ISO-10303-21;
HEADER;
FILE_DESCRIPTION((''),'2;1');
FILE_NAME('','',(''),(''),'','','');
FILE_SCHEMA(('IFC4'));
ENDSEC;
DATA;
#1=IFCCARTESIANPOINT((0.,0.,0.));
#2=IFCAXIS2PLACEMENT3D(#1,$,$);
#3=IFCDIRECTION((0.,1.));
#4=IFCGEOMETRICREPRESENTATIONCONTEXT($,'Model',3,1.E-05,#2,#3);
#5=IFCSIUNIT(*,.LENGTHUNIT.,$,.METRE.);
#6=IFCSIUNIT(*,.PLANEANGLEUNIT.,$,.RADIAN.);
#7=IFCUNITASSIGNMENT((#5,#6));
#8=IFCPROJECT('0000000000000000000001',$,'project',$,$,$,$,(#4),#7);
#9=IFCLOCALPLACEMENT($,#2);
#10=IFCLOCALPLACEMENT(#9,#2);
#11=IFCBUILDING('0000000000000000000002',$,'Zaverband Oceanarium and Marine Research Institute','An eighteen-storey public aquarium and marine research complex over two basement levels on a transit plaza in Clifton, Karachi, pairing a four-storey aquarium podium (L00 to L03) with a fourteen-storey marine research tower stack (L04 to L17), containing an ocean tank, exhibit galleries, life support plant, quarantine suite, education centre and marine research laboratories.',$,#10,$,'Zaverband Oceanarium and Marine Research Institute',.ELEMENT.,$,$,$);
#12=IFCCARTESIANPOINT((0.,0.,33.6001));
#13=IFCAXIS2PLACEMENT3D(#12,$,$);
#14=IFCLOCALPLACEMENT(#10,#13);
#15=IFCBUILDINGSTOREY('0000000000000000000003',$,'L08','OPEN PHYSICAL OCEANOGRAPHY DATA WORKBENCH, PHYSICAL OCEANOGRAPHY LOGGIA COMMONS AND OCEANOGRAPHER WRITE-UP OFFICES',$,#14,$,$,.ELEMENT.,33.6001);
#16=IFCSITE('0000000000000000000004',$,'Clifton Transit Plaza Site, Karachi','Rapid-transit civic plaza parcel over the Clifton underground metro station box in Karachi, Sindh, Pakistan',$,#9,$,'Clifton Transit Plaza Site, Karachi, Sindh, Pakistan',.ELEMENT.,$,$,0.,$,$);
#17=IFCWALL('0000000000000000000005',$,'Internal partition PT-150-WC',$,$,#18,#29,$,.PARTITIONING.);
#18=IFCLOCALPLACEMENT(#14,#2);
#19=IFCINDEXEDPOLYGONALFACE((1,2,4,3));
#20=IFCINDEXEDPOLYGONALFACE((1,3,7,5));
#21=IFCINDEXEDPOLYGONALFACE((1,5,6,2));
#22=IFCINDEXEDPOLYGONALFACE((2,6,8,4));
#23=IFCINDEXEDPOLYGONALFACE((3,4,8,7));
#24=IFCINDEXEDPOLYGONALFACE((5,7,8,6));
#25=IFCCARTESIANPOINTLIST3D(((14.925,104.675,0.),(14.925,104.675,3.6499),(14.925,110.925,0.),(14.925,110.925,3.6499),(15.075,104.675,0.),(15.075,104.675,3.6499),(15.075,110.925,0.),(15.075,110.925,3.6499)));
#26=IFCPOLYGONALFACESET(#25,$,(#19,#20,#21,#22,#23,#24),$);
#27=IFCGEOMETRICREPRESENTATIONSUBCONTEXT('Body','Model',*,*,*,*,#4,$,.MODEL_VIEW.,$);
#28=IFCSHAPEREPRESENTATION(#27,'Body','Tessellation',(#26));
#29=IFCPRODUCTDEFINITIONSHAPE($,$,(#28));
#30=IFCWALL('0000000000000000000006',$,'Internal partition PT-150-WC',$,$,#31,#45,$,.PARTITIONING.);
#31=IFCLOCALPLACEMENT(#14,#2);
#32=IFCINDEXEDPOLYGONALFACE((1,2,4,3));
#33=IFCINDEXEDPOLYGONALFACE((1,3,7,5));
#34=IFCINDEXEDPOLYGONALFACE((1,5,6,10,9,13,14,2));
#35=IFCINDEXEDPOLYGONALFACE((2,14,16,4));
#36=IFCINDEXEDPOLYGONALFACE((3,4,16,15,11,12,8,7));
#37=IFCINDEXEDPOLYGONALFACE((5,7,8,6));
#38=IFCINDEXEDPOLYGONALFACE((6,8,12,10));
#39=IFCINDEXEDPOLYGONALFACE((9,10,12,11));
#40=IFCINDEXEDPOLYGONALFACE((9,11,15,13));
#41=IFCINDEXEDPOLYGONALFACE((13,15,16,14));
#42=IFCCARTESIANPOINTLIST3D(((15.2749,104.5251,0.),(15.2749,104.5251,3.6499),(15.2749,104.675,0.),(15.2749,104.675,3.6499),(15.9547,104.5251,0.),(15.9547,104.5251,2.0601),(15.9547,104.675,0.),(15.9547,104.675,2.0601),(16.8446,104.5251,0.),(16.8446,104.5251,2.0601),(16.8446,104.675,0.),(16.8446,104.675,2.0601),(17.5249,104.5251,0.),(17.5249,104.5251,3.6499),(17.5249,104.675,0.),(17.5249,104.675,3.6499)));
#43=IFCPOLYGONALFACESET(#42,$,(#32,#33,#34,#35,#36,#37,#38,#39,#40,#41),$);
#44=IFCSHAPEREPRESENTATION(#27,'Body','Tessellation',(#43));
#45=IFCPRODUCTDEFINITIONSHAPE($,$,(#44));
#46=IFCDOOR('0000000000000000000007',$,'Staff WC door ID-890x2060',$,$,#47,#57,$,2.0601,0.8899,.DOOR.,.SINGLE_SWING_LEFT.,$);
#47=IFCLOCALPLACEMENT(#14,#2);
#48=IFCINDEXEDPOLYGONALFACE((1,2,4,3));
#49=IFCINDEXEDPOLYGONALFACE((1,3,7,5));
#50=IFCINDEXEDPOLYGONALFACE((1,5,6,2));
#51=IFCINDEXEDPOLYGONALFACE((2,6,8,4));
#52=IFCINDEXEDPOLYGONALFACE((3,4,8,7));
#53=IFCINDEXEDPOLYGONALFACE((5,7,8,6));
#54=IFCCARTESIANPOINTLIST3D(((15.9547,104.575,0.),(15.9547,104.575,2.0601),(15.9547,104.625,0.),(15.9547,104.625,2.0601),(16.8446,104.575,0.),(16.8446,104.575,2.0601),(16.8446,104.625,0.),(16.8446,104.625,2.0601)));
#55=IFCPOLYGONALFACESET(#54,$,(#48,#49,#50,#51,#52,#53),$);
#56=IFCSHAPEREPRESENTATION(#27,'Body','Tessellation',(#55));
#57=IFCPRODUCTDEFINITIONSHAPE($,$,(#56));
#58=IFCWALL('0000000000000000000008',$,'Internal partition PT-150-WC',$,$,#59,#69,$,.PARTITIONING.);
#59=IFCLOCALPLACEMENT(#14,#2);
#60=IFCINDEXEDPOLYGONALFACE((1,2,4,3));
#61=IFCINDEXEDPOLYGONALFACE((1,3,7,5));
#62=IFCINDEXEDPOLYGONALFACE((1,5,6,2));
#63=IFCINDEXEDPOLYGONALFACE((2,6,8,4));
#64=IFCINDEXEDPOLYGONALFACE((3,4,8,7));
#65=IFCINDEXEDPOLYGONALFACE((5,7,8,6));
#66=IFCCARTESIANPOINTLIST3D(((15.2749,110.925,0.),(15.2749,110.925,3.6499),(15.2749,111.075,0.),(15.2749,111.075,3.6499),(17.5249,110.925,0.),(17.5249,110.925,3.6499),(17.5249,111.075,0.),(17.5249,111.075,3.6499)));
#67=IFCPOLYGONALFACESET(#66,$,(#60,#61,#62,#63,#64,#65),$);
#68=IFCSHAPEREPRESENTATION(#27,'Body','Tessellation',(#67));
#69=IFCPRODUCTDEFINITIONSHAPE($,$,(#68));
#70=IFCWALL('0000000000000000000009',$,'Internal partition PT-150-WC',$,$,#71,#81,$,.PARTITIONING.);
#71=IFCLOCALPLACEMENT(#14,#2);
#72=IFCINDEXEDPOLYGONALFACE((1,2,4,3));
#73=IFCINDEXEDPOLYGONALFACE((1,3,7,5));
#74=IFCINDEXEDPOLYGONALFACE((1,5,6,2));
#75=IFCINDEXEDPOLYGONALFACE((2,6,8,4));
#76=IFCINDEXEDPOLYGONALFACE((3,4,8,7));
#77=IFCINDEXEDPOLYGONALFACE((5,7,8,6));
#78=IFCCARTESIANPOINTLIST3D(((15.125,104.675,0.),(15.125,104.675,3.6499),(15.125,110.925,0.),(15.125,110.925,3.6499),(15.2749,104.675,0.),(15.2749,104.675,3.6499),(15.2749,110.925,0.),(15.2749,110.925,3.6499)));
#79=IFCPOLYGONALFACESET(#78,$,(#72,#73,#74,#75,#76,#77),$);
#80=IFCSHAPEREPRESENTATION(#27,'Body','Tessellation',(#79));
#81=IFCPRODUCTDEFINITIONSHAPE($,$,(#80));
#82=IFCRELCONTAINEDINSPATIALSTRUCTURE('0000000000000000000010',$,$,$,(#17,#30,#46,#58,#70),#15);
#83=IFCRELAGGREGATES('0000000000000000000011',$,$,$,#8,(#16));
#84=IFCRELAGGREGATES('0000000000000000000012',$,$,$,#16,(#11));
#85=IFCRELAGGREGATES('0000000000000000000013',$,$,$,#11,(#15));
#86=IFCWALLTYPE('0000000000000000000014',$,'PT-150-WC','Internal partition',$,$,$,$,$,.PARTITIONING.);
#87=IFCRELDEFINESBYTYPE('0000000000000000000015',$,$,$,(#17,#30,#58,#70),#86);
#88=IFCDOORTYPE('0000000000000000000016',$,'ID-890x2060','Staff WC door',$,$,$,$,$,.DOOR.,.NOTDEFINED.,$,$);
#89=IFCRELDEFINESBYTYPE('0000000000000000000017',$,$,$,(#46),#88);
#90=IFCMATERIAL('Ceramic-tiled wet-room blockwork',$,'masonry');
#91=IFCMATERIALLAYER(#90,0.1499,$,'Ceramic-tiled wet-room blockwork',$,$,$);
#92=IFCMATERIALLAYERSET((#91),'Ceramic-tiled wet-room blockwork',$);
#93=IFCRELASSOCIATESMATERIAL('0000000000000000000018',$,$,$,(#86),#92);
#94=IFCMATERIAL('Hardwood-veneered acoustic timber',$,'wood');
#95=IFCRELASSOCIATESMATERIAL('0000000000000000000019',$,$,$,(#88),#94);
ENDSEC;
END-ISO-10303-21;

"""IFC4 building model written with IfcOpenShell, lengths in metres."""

from ifc_helpers import new_model, si_unit, direction, frame, frame_2d, origin, place, context, subcontext, project, spatial, rectangle, extrude, material, layer, layer_set, type_object, element, fill, save


model = new_model("IFC4")

# Units and contexts
model_context = context("Model", 3, precision=1e-05, world=origin(), true_north=direction((0.0, 1.0)))
body_context = subcontext(model_context, "Body", "Model", "MODEL_VIEW")
ifc_project = project(units=[si_unit("LENGTHUNIT", "METRE"), si_unit("PLANEANGLEUNIT", "RADIAN")], contexts=[model_context])

# Site, building, storey
site_placement = place(None, origin())
site = spatial("IfcSite", under=ifc_project, at=site_placement, Name="Clifton Transit Plaza Site, Karachi", Description="Rapid-transit civic plaza parcel over the Clifton underground metro station box in Karachi, Sindh, Pakistan", LongName="Clifton Transit Plaza Site, Karachi, Sindh, Pakistan", CompositionType="ELEMENT", RefElevation=0.0)
building_placement = place(site_placement, origin())
building = spatial("IfcBuilding", under=site, at=building_placement, Name="Zaverband Oceanarium and Marine Research Institute", Description="An eighteen-storey public aquarium and marine research complex over two basement levels on a transit plaza in Clifton, Karachi, pairing a four-storey aquarium podium (L00 to L03) with a fourteen-storey marine research tower stack (L04 to L17), containing an ocean tank, exhibit galleries, life support plant, quarantine suite, education centre and marine research laboratories.", LongName="Zaverband Oceanarium and Marine Research Institute", CompositionType="ELEMENT")
storey_placement = place(building_placement, frame((0.0, 0.0, 33.6001)))
storey = spatial("IfcBuildingStorey", under=building, at=storey_placement, Name="L08", Description="OPEN PHYSICAL OCEANOGRAPHY DATA WORKBENCH, PHYSICAL OCEANOGRAPHY LOGGIA COMMONS AND OCEANOGRAPHER WRITE-UP OFFICES", CompositionType="ELEMENT", Elevation=33.6001)

# Shared definitions
ifc_material_1 = material(Name="Ceramic-tiled wet-room blockwork", Category="masonry")
ifc_layer_1 = layer(ifc_material_1, 0.1499, Name="Ceramic-tiled wet-room blockwork")
ifc_layer_set_1 = layer_set([ifc_layer_1], Name="Ceramic-tiled wet-room blockwork")
wall_type_1 = type_object("IfcWallType", Name="PT-150-WC", Description="Internal partition", PredefinedType="PARTITIONING", material=ifc_layer_set_1)
ifc_material_2 = material(Name="Hardwood-veneered acoustic timber", Category="wood")

# Wall
for number, where, z_axis, x_axis, name in (
    (1, (15.0, 104.675, 0.0), (0.0, 0.0, 1.0), (0.0, 1.0, 0.0), "Internal partition PT-150-WC"),
):
    element("IfcWall", number, at=place(storey_placement, frame(where, z_axis=z_axis, x_axis=x_axis)), inside=storey, type_object=wall_type_1, Name=name, PredefinedType="PARTITIONING", context=body_context, shape_type="SweptSolid", body=[
        extrude(rectangle(XDim=6.25, YDim=0.1499, at=frame_2d((3.125, 0.0))), origin(), (0.0, 0.0, 1.0), 3.6499),
    ])

# Wall, opening, door
wall_1_placement = place(storey_placement, frame((15.2749, 104.6001, 0.0), z_axis=(0.0, 0.0, 1.0), x_axis=(1.0, 0.0, 0.0)))
wall_1 = element("IfcWall", 2, at=wall_1_placement, inside=storey, type_object=wall_type_1, Name="Internal partition PT-150-WC", PredefinedType="PARTITIONING", context=body_context, shape_type="SweptSolid", body=[
    extrude(rectangle(XDim=2.25, YDim=0.1499, at=frame_2d((1.125, 0.0))), origin(), (0.0, 0.0, 1.0), 3.6499),
])
opening_1_placement = place(wall_1_placement, frame((0.6799, 0.0, 0.0)))
opening_1 = element("IfcOpeningElement", 3, at=opening_1_placement, cuts=wall_1, PredefinedType="OPENING", context=body_context, shape_type="SweptSolid", body=[
    extrude(rectangle(XDim=0.8899, YDim=2.0601, at=frame_2d((0.4448, 1.03))), frame((0.0, 0.0869, 0.0), z_axis=(0.0, -1.0, 0.0), x_axis=(1.0, 0.0, 0.0)), (0.0, 0.0, 1.0), 0.1738),
])
door_type_1 = type_object("IfcDoorType", Name="ID-890x2060", Description="Staff WC door", OperationType="NOTDEFINED", PredefinedType="DOOR", material=ifc_material_2)
door_1_placement = place(opening_1_placement, origin())
door_1 = element("IfcDoor", 4, at=door_1_placement, inside=storey, type_object=door_type_1, Name="Staff WC door ID-890x2060", OperationType="SINGLE_SWING_LEFT", OverallHeight=2.0601, OverallWidth=0.8899, PredefinedType="DOOR", context=body_context, shape_type="SweptSolid", body=[
    extrude(rectangle(XDim=0.8899, YDim=2.0601, at=frame_2d((0.4448, 1.03))), frame((0.0, 0.0249, 0.0), z_axis=(0.0, -1.0, 0.0), x_axis=(1.0, 0.0, 0.0)), (0.0, 0.0, 1.0), 0.05),
])
fill(opening_1, door_1)

# Walls
wall_2_placement = place(storey_placement, frame((15.2749, 111.0, 0.0), z_axis=(0.0, 0.0, 1.0), x_axis=(1.0, 0.0, 0.0)))
element("IfcWall", 5, at=wall_2_placement, inside=storey, type_object=wall_type_1, Name="Internal partition PT-150-WC", PredefinedType="PARTITIONING", context=body_context, shape_type="SweptSolid", body=[
    extrude(rectangle(XDim=2.25, YDim=0.1499, at=frame_2d((1.125, 0.0))), origin(), (0.0, 0.0, 1.0), 3.6499),
])
wall_3_placement = place(storey_placement, frame((15.2, 104.675, 0.0), z_axis=(0.0, 0.0, 1.0), x_axis=(0.0, 1.0, 0.0)))
element("IfcWall", 6, at=wall_3_placement, inside=storey, type_object=wall_type_1, Name="Internal partition PT-150-WC", PredefinedType="PARTITIONING", context=body_context, shape_type="SweptSolid", body=[
    extrude(rectangle(XDim=6.25, YDim=0.1499, at=frame_2d((3.125, 0.0))), origin(), (0.0, 0.0, 1.0), 3.6499),
])

save(model, "model.ifc")
